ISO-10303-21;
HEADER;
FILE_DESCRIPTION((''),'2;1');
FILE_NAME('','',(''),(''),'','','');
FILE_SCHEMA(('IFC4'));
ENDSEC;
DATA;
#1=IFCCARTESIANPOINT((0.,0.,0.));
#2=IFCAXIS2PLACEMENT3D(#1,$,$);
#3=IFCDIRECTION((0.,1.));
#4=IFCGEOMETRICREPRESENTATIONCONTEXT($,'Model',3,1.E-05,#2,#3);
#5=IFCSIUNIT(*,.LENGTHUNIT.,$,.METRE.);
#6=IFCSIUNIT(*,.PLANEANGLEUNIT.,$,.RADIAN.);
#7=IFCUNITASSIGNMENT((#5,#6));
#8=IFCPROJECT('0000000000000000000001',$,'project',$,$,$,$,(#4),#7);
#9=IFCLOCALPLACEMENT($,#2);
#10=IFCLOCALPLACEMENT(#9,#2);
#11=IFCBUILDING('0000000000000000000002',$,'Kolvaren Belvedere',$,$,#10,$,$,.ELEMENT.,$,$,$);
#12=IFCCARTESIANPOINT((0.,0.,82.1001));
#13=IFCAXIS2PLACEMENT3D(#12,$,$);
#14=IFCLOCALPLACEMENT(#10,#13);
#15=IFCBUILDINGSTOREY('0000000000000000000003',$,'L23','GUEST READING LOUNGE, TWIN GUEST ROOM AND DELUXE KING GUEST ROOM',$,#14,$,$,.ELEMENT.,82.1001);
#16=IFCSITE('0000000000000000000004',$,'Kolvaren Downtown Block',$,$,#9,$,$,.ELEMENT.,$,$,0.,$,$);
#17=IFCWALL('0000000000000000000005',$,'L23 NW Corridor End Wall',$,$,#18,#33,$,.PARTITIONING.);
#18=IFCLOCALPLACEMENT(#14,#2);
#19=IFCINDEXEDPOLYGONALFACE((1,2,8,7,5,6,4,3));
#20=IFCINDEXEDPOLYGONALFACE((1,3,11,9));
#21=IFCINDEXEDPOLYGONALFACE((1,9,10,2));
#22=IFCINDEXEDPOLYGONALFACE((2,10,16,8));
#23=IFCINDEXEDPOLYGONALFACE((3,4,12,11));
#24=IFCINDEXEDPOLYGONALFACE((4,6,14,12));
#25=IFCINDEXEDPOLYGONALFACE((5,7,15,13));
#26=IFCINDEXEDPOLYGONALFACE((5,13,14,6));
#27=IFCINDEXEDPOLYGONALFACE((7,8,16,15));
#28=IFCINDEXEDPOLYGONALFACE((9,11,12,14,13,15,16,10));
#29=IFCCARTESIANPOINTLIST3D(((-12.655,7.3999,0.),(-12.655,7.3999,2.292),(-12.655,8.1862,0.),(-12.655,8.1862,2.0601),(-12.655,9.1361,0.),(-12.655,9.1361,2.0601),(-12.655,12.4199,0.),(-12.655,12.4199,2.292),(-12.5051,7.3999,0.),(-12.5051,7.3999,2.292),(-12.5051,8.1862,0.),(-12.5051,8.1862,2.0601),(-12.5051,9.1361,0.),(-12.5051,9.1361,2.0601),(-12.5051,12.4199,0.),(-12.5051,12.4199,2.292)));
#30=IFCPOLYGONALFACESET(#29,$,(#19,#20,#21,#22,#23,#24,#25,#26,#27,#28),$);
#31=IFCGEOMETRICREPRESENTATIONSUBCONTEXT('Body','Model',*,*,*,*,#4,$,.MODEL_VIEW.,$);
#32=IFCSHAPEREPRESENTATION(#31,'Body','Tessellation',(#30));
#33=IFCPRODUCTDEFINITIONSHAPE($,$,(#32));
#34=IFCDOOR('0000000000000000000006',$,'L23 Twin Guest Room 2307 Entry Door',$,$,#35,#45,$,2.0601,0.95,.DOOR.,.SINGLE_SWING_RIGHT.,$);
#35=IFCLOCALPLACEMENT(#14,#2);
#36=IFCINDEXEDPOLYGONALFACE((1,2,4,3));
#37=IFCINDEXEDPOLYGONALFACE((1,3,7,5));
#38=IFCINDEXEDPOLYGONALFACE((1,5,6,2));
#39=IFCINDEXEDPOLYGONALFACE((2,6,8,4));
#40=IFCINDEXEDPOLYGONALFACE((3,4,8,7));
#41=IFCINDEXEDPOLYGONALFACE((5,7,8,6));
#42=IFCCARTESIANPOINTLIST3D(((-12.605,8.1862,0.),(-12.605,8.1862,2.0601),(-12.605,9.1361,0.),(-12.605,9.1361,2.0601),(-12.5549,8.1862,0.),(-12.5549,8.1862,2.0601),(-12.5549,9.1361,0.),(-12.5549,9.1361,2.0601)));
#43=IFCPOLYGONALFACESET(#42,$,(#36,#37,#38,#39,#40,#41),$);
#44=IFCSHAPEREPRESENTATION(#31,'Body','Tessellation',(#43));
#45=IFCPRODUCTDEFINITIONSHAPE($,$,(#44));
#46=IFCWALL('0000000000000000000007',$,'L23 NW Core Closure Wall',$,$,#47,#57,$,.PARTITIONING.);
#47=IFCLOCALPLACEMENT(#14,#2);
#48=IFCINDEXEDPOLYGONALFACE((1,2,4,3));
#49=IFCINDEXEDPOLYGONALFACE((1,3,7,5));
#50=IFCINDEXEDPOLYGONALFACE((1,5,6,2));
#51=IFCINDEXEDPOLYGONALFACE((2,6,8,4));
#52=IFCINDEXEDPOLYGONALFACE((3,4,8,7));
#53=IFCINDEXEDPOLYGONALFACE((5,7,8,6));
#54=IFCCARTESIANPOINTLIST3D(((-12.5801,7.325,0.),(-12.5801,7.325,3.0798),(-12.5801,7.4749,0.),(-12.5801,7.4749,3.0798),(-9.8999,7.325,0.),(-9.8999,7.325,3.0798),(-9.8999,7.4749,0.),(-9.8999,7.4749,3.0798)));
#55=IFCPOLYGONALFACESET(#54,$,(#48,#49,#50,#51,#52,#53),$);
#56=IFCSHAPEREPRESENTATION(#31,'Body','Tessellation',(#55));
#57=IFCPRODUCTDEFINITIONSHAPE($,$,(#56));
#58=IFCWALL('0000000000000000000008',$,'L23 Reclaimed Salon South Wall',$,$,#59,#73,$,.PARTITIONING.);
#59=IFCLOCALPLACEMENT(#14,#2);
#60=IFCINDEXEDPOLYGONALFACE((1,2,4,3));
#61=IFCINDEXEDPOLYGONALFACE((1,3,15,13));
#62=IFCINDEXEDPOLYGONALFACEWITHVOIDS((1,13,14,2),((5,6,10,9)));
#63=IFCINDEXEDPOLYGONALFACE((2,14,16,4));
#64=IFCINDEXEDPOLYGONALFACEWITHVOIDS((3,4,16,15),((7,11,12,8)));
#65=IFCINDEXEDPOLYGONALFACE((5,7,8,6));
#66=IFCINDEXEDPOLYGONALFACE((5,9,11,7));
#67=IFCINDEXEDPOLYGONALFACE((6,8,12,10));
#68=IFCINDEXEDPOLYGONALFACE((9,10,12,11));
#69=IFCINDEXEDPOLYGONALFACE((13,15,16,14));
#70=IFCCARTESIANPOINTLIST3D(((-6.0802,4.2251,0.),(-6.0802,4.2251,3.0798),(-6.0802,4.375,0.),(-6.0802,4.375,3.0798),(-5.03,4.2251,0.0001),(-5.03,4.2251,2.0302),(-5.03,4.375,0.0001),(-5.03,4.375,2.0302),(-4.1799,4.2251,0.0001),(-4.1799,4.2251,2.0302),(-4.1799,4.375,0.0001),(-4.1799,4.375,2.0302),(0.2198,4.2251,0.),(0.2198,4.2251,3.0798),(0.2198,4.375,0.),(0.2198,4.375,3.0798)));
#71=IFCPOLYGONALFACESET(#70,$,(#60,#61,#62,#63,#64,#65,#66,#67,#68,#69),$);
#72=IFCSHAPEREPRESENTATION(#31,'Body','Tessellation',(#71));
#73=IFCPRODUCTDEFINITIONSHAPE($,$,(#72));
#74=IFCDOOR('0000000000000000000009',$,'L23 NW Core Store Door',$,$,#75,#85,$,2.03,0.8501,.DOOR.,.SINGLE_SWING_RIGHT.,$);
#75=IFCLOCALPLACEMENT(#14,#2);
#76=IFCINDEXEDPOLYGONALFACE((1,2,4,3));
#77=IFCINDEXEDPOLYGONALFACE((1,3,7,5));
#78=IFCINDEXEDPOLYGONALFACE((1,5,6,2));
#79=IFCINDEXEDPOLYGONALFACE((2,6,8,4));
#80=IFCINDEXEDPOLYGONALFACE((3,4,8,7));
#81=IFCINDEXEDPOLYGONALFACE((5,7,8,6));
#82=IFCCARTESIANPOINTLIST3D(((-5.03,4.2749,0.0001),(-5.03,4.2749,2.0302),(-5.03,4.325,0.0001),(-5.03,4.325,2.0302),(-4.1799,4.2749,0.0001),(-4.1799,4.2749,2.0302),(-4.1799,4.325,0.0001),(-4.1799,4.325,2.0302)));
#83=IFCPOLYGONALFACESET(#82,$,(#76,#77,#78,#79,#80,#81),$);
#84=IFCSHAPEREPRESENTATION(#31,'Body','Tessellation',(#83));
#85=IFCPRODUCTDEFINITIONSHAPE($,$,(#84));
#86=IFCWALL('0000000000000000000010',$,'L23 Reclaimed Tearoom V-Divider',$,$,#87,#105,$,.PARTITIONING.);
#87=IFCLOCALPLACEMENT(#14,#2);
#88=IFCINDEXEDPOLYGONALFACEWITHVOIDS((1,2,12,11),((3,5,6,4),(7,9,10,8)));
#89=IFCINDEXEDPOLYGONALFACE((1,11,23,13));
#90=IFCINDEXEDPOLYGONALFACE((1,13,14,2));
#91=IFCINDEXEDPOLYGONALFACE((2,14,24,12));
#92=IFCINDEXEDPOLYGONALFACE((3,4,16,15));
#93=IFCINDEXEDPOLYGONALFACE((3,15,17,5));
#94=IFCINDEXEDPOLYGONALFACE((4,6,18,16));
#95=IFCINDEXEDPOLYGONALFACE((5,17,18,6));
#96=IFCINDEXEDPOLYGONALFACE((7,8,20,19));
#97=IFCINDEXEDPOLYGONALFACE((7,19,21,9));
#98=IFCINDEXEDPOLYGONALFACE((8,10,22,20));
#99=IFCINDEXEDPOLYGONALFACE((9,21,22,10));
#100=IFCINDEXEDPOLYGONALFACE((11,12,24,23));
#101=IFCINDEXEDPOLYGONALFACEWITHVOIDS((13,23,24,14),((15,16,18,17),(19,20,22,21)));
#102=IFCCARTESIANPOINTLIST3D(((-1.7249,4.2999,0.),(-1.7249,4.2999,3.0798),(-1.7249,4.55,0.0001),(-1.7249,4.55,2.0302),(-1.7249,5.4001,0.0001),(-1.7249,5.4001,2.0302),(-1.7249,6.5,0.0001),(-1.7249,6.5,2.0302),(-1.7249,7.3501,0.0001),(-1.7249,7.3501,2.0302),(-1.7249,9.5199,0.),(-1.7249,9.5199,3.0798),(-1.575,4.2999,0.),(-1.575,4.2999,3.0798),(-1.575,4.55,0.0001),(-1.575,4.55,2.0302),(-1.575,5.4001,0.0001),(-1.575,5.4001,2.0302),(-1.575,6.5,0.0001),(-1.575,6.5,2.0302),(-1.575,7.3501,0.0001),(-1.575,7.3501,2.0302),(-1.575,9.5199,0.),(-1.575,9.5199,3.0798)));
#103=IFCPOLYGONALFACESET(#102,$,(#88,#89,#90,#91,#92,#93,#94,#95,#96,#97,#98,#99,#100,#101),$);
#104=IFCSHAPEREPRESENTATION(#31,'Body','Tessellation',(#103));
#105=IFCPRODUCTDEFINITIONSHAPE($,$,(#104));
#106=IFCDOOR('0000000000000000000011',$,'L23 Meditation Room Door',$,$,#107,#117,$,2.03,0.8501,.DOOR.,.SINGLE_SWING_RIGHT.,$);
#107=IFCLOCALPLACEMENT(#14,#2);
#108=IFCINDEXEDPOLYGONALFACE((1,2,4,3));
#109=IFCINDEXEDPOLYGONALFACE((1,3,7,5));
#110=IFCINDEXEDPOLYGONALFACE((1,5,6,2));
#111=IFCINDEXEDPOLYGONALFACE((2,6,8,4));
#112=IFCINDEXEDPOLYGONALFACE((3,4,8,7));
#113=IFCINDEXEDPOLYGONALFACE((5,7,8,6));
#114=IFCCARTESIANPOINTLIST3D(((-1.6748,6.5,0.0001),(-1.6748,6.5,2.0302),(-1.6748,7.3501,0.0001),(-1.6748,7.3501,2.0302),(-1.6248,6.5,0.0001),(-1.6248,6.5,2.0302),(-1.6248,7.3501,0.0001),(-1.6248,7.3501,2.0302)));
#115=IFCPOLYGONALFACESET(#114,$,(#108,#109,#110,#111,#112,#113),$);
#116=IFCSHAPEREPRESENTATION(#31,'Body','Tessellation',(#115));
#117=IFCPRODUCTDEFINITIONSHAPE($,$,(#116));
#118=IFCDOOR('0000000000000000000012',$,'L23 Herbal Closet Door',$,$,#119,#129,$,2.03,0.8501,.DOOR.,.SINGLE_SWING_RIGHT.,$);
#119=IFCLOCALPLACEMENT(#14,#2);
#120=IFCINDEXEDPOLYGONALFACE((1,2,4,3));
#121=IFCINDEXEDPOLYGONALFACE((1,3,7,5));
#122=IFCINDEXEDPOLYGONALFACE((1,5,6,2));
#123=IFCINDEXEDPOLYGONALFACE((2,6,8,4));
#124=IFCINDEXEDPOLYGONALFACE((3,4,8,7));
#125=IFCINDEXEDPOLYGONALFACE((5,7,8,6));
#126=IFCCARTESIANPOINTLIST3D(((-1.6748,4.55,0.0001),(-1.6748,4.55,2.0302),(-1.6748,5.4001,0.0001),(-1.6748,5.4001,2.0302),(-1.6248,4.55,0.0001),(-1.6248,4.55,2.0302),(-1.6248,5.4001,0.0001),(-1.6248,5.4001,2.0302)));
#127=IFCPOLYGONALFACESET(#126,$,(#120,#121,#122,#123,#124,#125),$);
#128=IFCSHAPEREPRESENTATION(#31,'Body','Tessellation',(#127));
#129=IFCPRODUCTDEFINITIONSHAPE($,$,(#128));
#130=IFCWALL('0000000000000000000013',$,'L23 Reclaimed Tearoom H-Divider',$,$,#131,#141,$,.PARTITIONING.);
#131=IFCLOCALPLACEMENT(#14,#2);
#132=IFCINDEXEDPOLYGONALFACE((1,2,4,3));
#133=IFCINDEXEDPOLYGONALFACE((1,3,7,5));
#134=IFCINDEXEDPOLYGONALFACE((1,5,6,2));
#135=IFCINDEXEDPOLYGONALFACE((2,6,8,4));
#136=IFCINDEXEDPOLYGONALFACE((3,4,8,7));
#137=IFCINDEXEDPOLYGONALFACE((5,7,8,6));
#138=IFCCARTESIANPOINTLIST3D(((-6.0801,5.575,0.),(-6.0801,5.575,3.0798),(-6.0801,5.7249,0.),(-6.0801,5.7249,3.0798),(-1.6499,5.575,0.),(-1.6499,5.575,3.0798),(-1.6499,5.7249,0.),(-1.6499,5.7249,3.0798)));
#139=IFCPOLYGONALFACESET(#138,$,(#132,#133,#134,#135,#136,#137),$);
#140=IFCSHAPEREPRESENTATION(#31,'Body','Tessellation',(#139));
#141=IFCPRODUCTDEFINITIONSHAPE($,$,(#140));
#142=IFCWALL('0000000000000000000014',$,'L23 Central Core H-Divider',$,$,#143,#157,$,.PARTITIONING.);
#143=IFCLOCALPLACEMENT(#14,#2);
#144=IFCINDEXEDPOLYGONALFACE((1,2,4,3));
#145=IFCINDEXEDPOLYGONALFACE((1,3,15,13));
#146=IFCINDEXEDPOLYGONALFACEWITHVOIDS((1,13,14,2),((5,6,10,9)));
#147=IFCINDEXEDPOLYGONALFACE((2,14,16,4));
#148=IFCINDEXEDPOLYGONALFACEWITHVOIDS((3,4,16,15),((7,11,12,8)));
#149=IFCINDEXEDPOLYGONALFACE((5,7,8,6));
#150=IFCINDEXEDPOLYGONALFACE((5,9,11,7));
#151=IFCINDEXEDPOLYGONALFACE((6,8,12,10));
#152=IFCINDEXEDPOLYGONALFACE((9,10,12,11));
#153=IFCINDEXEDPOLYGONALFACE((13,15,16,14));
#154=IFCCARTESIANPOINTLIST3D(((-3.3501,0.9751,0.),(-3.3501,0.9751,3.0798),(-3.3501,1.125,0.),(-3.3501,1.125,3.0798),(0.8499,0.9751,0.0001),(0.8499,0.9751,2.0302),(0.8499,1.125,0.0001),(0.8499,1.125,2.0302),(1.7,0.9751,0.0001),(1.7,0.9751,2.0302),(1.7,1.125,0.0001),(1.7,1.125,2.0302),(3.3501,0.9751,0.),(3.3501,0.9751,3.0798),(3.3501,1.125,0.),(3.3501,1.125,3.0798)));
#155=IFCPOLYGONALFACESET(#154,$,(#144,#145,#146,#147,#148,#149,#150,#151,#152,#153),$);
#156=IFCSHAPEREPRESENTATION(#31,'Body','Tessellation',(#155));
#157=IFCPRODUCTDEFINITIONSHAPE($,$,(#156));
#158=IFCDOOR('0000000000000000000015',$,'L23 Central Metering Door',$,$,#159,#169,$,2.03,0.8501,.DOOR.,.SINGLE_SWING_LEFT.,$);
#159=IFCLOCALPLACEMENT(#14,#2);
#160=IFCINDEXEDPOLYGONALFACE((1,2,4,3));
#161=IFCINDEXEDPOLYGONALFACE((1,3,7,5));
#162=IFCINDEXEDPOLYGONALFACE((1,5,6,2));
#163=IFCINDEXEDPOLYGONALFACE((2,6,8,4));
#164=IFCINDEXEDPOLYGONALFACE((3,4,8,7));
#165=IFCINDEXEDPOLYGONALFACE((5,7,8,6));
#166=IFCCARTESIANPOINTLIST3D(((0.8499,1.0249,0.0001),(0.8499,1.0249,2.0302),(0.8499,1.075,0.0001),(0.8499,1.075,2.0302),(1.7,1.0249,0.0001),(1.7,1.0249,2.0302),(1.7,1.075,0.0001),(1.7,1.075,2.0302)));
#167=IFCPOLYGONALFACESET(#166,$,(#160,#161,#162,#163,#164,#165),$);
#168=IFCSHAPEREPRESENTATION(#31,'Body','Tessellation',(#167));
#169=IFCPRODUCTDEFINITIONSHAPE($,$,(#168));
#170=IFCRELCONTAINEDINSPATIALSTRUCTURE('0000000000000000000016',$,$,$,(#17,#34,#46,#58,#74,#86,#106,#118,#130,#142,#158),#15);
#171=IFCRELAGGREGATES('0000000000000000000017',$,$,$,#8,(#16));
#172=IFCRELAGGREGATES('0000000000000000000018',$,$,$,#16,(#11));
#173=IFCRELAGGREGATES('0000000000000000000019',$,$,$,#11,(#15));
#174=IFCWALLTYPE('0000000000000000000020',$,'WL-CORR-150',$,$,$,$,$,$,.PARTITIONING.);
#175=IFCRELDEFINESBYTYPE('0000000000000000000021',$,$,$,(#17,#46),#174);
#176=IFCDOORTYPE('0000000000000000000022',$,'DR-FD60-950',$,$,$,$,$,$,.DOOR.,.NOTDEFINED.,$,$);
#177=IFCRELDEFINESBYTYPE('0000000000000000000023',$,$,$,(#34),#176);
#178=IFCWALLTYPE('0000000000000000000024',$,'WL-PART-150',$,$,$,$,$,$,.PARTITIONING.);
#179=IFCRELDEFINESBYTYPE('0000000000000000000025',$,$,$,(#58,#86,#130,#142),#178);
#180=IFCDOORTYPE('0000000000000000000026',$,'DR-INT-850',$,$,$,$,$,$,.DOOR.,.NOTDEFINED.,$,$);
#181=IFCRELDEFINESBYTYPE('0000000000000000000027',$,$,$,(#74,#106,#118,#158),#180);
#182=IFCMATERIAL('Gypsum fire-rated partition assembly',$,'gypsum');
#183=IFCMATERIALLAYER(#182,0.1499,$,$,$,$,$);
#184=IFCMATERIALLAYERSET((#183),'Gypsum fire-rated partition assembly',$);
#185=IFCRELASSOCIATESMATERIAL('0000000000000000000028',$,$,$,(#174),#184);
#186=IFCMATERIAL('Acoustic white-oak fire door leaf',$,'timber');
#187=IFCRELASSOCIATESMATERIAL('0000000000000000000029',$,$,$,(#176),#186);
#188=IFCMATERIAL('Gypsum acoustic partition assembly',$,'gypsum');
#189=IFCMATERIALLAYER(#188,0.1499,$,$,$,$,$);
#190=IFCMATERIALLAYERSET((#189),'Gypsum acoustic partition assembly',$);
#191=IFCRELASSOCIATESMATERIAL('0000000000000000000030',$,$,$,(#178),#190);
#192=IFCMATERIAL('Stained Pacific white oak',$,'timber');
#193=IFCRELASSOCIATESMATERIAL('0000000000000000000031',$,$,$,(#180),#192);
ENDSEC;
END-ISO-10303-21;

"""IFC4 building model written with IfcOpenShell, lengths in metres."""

from ifc_helpers import new_model, si_unit, direction, frame, frame_2d, origin, place, context, subcontext, project, spatial, rectangle, extrude, material, layer, layer_set, type_object, element, fill, save


model = new_model("IFC4")

# Units and contexts
model_context = context("Model", 3, precision=1e-05, world=origin(), true_north=direction((0.0, 1.0)))
body_context = subcontext(model_context, "Body", "Model", "MODEL_VIEW")
ifc_project = project(units=[si_unit("LENGTHUNIT", "METRE"), si_unit("PLANEANGLEUNIT", "RADIAN")], contexts=[model_context])

# Site, building, storey
site_placement = place(None, origin())
site = spatial("IfcSite", under=ifc_project, at=site_placement, Name="Kolvaren Downtown Block", CompositionType="ELEMENT", RefElevation=0.0)
building_placement = place(site_placement, origin())
building = spatial("IfcBuilding", under=site, at=building_placement, Name="Kolvaren Belvedere", CompositionType="ELEMENT")
storey_placement = place(building_placement, frame((0.0, 0.0, 82.1001)))
storey = spatial("IfcBuildingStorey", under=building, at=storey_placement, Name="L23", Description="GUEST READING LOUNGE, TWIN GUEST ROOM AND DELUXE KING GUEST ROOM", CompositionType="ELEMENT", Elevation=82.1001)

# Wall, opening, door
ifc_material_1 = material(Name="Gypsum fire-rated partition assembly", Category="gypsum")
ifc_layer_1 = layer(ifc_material_1, 0.1499)
ifc_layer_set_1 = layer_set([ifc_layer_1], Name="Gypsum fire-rated partition assembly")
wall_type_1 = type_object("IfcWallType", Name="WL-CORR-150", PredefinedType="PARTITIONING", material=ifc_layer_set_1)
wall_1_placement = place(storey_placement, frame((-12.5801, 7.3999, 0.0), z_axis=(0.0, 0.0, 1.0), x_axis=(0.0, 1.0, 0.0)))
wall_1 = element("IfcWall", 1, at=wall_1_placement, inside=storey, type_object=wall_type_1, Name="L23 NW Corridor End Wall", PredefinedType="PARTITIONING", context=body_context, shape_type="SweptSolid", body=[
    extrude(rectangle(XDim=5.02, YDim=0.1499, at=frame_2d((2.51, 0.0))), origin(), (0.0, 0.0, 1.0), 2.292),
])
opening_1_placement = place(wall_1_placement, frame((0.7861, 0.0, 0.0)))
opening_1 = element("IfcOpeningElement", 2, at=opening_1_placement, cuts=wall_1, PredefinedType="OPENING", context=body_context, shape_type="SweptSolid", body=[
    extrude(rectangle(XDim=0.95, YDim=2.0601, at=frame_2d((0.4751, 1.03))), frame((0.0, 0.085, 0.0), z_axis=(0.0, -1.0, 0.0), x_axis=(1.0, 0.0, 0.0)), (0.0, 0.0, 1.0), 0.1699),
])
ifc_material_2 = material(Name="Acoustic white-oak fire door leaf", Category="timber")
door_type_1 = type_object("IfcDoorType", Name="DR-FD60-950", OperationType="NOTDEFINED", PredefinedType="DOOR", material=ifc_material_2)
door_1_placement = place(opening_1_placement, origin())
door_1 = element("IfcDoor", 3, at=door_1_placement, inside=storey, type_object=door_type_1, Name="L23 Twin Guest Room 2307 Entry Door", OperationType="SINGLE_SWING_RIGHT", OverallHeight=2.0601, OverallWidth=0.95, PredefinedType="DOOR", context=body_context, shape_type="SweptSolid", body=[
    extrude(rectangle(XDim=0.95, YDim=2.0601, at=frame_2d((0.4751, 1.03))), frame((0.0, 0.0249, 0.0), z_axis=(0.0, -1.0, 0.0), x_axis=(1.0, 0.0, 0.0)), (0.0, 0.0, 1.0), 0.05),
])
fill(opening_1, door_1)

# Wall
wall_2_placement = place(storey_placement, frame((-12.5801, 7.3999, 0.0), z_axis=(0.0, 0.0, 1.0), x_axis=(1.0, 0.0, 0.0)))
element("IfcWall", 4, at=wall_2_placement, inside=storey, type_object=wall_type_1, Name="L23 NW Core Closure Wall", PredefinedType="PARTITIONING", context=body_context, shape_type="SweptSolid", body=[
    extrude(rectangle(XDim=2.6802, YDim=0.1499, at=frame_2d((1.3401, 0.0))), origin(), (0.0, 0.0, 1.0), 3.0798),
])

# Wall, opening, door
ifc_material_3 = material(Name="Gypsum acoustic partition assembly", Category="gypsum")
ifc_layer_2 = layer(ifc_material_3, 0.1499)
ifc_layer_set_2 = layer_set([ifc_layer_2], Name="Gypsum acoustic partition assembly")
wall_type_2 = type_object("IfcWallType", Name="WL-PART-150", PredefinedType="PARTITIONING", material=ifc_layer_set_2)
wall_3_placement = place(storey_placement, frame((-6.0801, 4.3, 0.0), z_axis=(0.0, 0.0, 1.0), x_axis=(1.0, 0.0, 0.0)))
wall_3 = element("IfcWall", 5, at=wall_3_placement, inside=storey, type_object=wall_type_2, Name="L23 Reclaimed Salon South Wall", PredefinedType="PARTITIONING", context=body_context, shape_type="SweptSolid", body=[
    extrude(rectangle(XDim=6.3, YDim=0.1499, at=frame_2d((3.1499, 0.0))), origin(), (0.0, 0.0, 1.0), 3.0798),
])
opening_2_placement = place(wall_3_placement, frame((1.05, 0.0, 0.0)))
opening_2 = element("IfcOpeningElement", 6, at=opening_2_placement, cuts=wall_3, PredefinedType="OPENING", context=body_context, shape_type="SweptSolid", body=[
    extrude(rectangle(XDim=0.8501, YDim=2.03, at=frame_2d((0.425, 1.0151))), frame((0.0, 0.085, 0.0), z_axis=(0.0, -1.0, 0.0), x_axis=(1.0, 0.0, 0.0)), (0.0, 0.0, 1.0), 0.1699),
])
ifc_material_4 = material(Name="Stained Pacific white oak", Category="timber")
door_type_2 = type_object("IfcDoorType", Name="DR-INT-850", OperationType="NOTDEFINED", PredefinedType="DOOR", material=ifc_material_4)
door_2_placement = place(opening_2_placement, origin())
door_2 = element("IfcDoor", 7, at=door_2_placement, inside=storey, type_object=door_type_2, Name="L23 NW Core Store Door", OperationType="SINGLE_SWING_RIGHT", OverallHeight=2.03, OverallWidth=0.8501, PredefinedType="DOOR", context=body_context, shape_type="SweptSolid", body=[
    extrude(rectangle(XDim=0.8501, YDim=2.03, at=frame_2d((0.425, 1.0151))), frame((0.0, 0.0249, 0.0), z_axis=(0.0, -1.0, 0.0), x_axis=(1.0, 0.0, 0.0)), (0.0, 0.0, 1.0), 0.05),
])
fill(opening_2, door_2)

# Wall, openings, doors
wall_4_placement = place(storey_placement, frame((-1.6499, 4.3, 0.0), z_axis=(0.0, 0.0, 1.0), x_axis=(0.0, 1.0, 0.0)))
wall_4 = element("IfcWall", 8, at=wall_4_placement, inside=storey, type_object=wall_type_2, Name="L23 Reclaimed Tearoom V-Divider", PredefinedType="PARTITIONING", context=body_context, shape_type="SweptSolid", body=[
    extrude(rectangle(XDim=5.22, YDim=0.1499, at=frame_2d((2.6099, 0.0))), origin(), (0.0, 0.0, 1.0), 3.0798),
])
opening_3_placement = place(wall_4_placement, frame((2.2, 0.0, 0.0)))
opening_3 = element("IfcOpeningElement", 9, at=opening_3_placement, cuts=wall_4, PredefinedType="OPENING", context=body_context, shape_type="SweptSolid", body=[
    extrude(rectangle(XDim=0.8501, YDim=2.03, at=frame_2d((0.425, 1.0151))), frame((0.0, 0.085, 0.0), z_axis=(0.0, -1.0, 0.0), x_axis=(1.0, 0.0, 0.0)), (0.0, 0.0, 1.0), 0.1699),
])
opening_4_placement = place(wall_4_placement, frame((0.25, 0.0, 0.0)))
opening_4 = element("IfcOpeningElement", 10, at=opening_4_placement, cuts=wall_4, PredefinedType="OPENING", context=body_context, shape_type="SweptSolid", body=[
    extrude(rectangle(XDim=0.8501, YDim=2.03, at=frame_2d((0.425, 1.0151))), frame((0.0, 0.085, 0.0), z_axis=(0.0, -1.0, 0.0), x_axis=(1.0, 0.0, 0.0)), (0.0, 0.0, 1.0), 0.1699),
])
door_3_placement = place(opening_3_placement, origin())
door_3 = element("IfcDoor", 11, at=door_3_placement, inside=storey, type_object=door_type_2, Name="L23 Meditation Room Door", OperationType="SINGLE_SWING_RIGHT", OverallHeight=2.03, OverallWidth=0.8501, PredefinedType="DOOR", context=body_context, shape_type="SweptSolid", body=[
    extrude(rectangle(XDim=0.8501, YDim=2.03, at=frame_2d((0.425, 1.0151))), frame((0.0, 0.0249, 0.0), z_axis=(0.0, -1.0, 0.0), x_axis=(1.0, 0.0, 0.0)), (0.0, 0.0, 1.0), 0.05),
])
fill(opening_3, door_3)
door_4_placement = place(opening_4_placement, origin())
door_4 = element("IfcDoor", 12, at=door_4_placement, inside=storey, type_object=door_type_2, Name="L23 Herbal Closet Door", OperationType="SINGLE_SWING_RIGHT", OverallHeight=2.03, OverallWidth=0.8501, PredefinedType="DOOR", context=body_context, shape_type="SweptSolid", body=[
    extrude(rectangle(XDim=0.8501, YDim=2.03, at=frame_2d((0.425, 1.0151))), frame((0.0, 0.0249, 0.0), z_axis=(0.0, -1.0, 0.0), x_axis=(1.0, 0.0, 0.0)), (0.0, 0.0, 1.0), 0.05),
])
fill(opening_4, door_4)

# Wall
wall_5_placement = place(storey_placement, frame((-6.0801, 5.6499, 0.0), z_axis=(0.0, 0.0, 1.0), x_axis=(1.0, 0.0, 0.0)))
element("IfcWall", 13, at=wall_5_placement, inside=storey, type_object=wall_type_2, Name="L23 Reclaimed Tearoom H-Divider", PredefinedType="PARTITIONING", context=body_context, shape_type="SweptSolid", body=[
    extrude(rectangle(XDim=4.4302, YDim=0.1499, at=frame_2d((2.2151, 0.0))), origin(), (0.0, 0.0, 1.0), 3.0798),
])

# Wall, opening, door
wall_6_placement = place(storey_placement, frame((-3.3501, 1.05, 0.0), z_axis=(0.0, 0.0, 1.0), x_axis=(1.0, 0.0, 0.0)))
wall_6 = element("IfcWall", 14, at=wall_6_placement, inside=storey, type_object=wall_type_2, Name="L23 Central Core H-Divider", PredefinedType="PARTITIONING", context=body_context, shape_type="SweptSolid", body=[
    extrude(rectangle(XDim=6.7002, YDim=0.1499, at=frame_2d((3.3501, 0.0))), origin(), (0.0, 0.0, 1.0), 3.0798),
])
opening_5_placement = place(wall_6_placement, frame((4.2, 0.0, 0.0)))
opening_5 = element("IfcOpeningElement", 15, at=opening_5_placement, cuts=wall_6, PredefinedType="OPENING", context=body_context, shape_type="SweptSolid", body=[
    extrude(rectangle(XDim=0.8501, YDim=2.03, at=frame_2d((0.425, 1.0151))), frame((0.0, 0.085, 0.0), z_axis=(0.0, -1.0, 0.0), x_axis=(1.0, 0.0, 0.0)), (0.0, 0.0, 1.0), 0.1699),
])
door_5_placement = place(opening_5_placement, origin())
door_5 = element("IfcDoor", 16, at=door_5_placement, inside=storey, type_object=door_type_2, Name="L23 Central Metering Door", OperationType="SINGLE_SWING_LEFT", OverallHeight=2.03, OverallWidth=0.8501, PredefinedType="DOOR", context=body_context, shape_type="SweptSolid", body=[
    extrude(rectangle(XDim=0.8501, YDim=2.03, at=frame_2d((0.425, 1.0151))), frame((0.0, 0.0249, 0.0), z_axis=(0.0, -1.0, 0.0), x_axis=(1.0, 0.0, 0.0)), (0.0, 0.0, 1.0), 0.05),
])
fill(opening_5, door_5)

save(model, "model.ifc")
